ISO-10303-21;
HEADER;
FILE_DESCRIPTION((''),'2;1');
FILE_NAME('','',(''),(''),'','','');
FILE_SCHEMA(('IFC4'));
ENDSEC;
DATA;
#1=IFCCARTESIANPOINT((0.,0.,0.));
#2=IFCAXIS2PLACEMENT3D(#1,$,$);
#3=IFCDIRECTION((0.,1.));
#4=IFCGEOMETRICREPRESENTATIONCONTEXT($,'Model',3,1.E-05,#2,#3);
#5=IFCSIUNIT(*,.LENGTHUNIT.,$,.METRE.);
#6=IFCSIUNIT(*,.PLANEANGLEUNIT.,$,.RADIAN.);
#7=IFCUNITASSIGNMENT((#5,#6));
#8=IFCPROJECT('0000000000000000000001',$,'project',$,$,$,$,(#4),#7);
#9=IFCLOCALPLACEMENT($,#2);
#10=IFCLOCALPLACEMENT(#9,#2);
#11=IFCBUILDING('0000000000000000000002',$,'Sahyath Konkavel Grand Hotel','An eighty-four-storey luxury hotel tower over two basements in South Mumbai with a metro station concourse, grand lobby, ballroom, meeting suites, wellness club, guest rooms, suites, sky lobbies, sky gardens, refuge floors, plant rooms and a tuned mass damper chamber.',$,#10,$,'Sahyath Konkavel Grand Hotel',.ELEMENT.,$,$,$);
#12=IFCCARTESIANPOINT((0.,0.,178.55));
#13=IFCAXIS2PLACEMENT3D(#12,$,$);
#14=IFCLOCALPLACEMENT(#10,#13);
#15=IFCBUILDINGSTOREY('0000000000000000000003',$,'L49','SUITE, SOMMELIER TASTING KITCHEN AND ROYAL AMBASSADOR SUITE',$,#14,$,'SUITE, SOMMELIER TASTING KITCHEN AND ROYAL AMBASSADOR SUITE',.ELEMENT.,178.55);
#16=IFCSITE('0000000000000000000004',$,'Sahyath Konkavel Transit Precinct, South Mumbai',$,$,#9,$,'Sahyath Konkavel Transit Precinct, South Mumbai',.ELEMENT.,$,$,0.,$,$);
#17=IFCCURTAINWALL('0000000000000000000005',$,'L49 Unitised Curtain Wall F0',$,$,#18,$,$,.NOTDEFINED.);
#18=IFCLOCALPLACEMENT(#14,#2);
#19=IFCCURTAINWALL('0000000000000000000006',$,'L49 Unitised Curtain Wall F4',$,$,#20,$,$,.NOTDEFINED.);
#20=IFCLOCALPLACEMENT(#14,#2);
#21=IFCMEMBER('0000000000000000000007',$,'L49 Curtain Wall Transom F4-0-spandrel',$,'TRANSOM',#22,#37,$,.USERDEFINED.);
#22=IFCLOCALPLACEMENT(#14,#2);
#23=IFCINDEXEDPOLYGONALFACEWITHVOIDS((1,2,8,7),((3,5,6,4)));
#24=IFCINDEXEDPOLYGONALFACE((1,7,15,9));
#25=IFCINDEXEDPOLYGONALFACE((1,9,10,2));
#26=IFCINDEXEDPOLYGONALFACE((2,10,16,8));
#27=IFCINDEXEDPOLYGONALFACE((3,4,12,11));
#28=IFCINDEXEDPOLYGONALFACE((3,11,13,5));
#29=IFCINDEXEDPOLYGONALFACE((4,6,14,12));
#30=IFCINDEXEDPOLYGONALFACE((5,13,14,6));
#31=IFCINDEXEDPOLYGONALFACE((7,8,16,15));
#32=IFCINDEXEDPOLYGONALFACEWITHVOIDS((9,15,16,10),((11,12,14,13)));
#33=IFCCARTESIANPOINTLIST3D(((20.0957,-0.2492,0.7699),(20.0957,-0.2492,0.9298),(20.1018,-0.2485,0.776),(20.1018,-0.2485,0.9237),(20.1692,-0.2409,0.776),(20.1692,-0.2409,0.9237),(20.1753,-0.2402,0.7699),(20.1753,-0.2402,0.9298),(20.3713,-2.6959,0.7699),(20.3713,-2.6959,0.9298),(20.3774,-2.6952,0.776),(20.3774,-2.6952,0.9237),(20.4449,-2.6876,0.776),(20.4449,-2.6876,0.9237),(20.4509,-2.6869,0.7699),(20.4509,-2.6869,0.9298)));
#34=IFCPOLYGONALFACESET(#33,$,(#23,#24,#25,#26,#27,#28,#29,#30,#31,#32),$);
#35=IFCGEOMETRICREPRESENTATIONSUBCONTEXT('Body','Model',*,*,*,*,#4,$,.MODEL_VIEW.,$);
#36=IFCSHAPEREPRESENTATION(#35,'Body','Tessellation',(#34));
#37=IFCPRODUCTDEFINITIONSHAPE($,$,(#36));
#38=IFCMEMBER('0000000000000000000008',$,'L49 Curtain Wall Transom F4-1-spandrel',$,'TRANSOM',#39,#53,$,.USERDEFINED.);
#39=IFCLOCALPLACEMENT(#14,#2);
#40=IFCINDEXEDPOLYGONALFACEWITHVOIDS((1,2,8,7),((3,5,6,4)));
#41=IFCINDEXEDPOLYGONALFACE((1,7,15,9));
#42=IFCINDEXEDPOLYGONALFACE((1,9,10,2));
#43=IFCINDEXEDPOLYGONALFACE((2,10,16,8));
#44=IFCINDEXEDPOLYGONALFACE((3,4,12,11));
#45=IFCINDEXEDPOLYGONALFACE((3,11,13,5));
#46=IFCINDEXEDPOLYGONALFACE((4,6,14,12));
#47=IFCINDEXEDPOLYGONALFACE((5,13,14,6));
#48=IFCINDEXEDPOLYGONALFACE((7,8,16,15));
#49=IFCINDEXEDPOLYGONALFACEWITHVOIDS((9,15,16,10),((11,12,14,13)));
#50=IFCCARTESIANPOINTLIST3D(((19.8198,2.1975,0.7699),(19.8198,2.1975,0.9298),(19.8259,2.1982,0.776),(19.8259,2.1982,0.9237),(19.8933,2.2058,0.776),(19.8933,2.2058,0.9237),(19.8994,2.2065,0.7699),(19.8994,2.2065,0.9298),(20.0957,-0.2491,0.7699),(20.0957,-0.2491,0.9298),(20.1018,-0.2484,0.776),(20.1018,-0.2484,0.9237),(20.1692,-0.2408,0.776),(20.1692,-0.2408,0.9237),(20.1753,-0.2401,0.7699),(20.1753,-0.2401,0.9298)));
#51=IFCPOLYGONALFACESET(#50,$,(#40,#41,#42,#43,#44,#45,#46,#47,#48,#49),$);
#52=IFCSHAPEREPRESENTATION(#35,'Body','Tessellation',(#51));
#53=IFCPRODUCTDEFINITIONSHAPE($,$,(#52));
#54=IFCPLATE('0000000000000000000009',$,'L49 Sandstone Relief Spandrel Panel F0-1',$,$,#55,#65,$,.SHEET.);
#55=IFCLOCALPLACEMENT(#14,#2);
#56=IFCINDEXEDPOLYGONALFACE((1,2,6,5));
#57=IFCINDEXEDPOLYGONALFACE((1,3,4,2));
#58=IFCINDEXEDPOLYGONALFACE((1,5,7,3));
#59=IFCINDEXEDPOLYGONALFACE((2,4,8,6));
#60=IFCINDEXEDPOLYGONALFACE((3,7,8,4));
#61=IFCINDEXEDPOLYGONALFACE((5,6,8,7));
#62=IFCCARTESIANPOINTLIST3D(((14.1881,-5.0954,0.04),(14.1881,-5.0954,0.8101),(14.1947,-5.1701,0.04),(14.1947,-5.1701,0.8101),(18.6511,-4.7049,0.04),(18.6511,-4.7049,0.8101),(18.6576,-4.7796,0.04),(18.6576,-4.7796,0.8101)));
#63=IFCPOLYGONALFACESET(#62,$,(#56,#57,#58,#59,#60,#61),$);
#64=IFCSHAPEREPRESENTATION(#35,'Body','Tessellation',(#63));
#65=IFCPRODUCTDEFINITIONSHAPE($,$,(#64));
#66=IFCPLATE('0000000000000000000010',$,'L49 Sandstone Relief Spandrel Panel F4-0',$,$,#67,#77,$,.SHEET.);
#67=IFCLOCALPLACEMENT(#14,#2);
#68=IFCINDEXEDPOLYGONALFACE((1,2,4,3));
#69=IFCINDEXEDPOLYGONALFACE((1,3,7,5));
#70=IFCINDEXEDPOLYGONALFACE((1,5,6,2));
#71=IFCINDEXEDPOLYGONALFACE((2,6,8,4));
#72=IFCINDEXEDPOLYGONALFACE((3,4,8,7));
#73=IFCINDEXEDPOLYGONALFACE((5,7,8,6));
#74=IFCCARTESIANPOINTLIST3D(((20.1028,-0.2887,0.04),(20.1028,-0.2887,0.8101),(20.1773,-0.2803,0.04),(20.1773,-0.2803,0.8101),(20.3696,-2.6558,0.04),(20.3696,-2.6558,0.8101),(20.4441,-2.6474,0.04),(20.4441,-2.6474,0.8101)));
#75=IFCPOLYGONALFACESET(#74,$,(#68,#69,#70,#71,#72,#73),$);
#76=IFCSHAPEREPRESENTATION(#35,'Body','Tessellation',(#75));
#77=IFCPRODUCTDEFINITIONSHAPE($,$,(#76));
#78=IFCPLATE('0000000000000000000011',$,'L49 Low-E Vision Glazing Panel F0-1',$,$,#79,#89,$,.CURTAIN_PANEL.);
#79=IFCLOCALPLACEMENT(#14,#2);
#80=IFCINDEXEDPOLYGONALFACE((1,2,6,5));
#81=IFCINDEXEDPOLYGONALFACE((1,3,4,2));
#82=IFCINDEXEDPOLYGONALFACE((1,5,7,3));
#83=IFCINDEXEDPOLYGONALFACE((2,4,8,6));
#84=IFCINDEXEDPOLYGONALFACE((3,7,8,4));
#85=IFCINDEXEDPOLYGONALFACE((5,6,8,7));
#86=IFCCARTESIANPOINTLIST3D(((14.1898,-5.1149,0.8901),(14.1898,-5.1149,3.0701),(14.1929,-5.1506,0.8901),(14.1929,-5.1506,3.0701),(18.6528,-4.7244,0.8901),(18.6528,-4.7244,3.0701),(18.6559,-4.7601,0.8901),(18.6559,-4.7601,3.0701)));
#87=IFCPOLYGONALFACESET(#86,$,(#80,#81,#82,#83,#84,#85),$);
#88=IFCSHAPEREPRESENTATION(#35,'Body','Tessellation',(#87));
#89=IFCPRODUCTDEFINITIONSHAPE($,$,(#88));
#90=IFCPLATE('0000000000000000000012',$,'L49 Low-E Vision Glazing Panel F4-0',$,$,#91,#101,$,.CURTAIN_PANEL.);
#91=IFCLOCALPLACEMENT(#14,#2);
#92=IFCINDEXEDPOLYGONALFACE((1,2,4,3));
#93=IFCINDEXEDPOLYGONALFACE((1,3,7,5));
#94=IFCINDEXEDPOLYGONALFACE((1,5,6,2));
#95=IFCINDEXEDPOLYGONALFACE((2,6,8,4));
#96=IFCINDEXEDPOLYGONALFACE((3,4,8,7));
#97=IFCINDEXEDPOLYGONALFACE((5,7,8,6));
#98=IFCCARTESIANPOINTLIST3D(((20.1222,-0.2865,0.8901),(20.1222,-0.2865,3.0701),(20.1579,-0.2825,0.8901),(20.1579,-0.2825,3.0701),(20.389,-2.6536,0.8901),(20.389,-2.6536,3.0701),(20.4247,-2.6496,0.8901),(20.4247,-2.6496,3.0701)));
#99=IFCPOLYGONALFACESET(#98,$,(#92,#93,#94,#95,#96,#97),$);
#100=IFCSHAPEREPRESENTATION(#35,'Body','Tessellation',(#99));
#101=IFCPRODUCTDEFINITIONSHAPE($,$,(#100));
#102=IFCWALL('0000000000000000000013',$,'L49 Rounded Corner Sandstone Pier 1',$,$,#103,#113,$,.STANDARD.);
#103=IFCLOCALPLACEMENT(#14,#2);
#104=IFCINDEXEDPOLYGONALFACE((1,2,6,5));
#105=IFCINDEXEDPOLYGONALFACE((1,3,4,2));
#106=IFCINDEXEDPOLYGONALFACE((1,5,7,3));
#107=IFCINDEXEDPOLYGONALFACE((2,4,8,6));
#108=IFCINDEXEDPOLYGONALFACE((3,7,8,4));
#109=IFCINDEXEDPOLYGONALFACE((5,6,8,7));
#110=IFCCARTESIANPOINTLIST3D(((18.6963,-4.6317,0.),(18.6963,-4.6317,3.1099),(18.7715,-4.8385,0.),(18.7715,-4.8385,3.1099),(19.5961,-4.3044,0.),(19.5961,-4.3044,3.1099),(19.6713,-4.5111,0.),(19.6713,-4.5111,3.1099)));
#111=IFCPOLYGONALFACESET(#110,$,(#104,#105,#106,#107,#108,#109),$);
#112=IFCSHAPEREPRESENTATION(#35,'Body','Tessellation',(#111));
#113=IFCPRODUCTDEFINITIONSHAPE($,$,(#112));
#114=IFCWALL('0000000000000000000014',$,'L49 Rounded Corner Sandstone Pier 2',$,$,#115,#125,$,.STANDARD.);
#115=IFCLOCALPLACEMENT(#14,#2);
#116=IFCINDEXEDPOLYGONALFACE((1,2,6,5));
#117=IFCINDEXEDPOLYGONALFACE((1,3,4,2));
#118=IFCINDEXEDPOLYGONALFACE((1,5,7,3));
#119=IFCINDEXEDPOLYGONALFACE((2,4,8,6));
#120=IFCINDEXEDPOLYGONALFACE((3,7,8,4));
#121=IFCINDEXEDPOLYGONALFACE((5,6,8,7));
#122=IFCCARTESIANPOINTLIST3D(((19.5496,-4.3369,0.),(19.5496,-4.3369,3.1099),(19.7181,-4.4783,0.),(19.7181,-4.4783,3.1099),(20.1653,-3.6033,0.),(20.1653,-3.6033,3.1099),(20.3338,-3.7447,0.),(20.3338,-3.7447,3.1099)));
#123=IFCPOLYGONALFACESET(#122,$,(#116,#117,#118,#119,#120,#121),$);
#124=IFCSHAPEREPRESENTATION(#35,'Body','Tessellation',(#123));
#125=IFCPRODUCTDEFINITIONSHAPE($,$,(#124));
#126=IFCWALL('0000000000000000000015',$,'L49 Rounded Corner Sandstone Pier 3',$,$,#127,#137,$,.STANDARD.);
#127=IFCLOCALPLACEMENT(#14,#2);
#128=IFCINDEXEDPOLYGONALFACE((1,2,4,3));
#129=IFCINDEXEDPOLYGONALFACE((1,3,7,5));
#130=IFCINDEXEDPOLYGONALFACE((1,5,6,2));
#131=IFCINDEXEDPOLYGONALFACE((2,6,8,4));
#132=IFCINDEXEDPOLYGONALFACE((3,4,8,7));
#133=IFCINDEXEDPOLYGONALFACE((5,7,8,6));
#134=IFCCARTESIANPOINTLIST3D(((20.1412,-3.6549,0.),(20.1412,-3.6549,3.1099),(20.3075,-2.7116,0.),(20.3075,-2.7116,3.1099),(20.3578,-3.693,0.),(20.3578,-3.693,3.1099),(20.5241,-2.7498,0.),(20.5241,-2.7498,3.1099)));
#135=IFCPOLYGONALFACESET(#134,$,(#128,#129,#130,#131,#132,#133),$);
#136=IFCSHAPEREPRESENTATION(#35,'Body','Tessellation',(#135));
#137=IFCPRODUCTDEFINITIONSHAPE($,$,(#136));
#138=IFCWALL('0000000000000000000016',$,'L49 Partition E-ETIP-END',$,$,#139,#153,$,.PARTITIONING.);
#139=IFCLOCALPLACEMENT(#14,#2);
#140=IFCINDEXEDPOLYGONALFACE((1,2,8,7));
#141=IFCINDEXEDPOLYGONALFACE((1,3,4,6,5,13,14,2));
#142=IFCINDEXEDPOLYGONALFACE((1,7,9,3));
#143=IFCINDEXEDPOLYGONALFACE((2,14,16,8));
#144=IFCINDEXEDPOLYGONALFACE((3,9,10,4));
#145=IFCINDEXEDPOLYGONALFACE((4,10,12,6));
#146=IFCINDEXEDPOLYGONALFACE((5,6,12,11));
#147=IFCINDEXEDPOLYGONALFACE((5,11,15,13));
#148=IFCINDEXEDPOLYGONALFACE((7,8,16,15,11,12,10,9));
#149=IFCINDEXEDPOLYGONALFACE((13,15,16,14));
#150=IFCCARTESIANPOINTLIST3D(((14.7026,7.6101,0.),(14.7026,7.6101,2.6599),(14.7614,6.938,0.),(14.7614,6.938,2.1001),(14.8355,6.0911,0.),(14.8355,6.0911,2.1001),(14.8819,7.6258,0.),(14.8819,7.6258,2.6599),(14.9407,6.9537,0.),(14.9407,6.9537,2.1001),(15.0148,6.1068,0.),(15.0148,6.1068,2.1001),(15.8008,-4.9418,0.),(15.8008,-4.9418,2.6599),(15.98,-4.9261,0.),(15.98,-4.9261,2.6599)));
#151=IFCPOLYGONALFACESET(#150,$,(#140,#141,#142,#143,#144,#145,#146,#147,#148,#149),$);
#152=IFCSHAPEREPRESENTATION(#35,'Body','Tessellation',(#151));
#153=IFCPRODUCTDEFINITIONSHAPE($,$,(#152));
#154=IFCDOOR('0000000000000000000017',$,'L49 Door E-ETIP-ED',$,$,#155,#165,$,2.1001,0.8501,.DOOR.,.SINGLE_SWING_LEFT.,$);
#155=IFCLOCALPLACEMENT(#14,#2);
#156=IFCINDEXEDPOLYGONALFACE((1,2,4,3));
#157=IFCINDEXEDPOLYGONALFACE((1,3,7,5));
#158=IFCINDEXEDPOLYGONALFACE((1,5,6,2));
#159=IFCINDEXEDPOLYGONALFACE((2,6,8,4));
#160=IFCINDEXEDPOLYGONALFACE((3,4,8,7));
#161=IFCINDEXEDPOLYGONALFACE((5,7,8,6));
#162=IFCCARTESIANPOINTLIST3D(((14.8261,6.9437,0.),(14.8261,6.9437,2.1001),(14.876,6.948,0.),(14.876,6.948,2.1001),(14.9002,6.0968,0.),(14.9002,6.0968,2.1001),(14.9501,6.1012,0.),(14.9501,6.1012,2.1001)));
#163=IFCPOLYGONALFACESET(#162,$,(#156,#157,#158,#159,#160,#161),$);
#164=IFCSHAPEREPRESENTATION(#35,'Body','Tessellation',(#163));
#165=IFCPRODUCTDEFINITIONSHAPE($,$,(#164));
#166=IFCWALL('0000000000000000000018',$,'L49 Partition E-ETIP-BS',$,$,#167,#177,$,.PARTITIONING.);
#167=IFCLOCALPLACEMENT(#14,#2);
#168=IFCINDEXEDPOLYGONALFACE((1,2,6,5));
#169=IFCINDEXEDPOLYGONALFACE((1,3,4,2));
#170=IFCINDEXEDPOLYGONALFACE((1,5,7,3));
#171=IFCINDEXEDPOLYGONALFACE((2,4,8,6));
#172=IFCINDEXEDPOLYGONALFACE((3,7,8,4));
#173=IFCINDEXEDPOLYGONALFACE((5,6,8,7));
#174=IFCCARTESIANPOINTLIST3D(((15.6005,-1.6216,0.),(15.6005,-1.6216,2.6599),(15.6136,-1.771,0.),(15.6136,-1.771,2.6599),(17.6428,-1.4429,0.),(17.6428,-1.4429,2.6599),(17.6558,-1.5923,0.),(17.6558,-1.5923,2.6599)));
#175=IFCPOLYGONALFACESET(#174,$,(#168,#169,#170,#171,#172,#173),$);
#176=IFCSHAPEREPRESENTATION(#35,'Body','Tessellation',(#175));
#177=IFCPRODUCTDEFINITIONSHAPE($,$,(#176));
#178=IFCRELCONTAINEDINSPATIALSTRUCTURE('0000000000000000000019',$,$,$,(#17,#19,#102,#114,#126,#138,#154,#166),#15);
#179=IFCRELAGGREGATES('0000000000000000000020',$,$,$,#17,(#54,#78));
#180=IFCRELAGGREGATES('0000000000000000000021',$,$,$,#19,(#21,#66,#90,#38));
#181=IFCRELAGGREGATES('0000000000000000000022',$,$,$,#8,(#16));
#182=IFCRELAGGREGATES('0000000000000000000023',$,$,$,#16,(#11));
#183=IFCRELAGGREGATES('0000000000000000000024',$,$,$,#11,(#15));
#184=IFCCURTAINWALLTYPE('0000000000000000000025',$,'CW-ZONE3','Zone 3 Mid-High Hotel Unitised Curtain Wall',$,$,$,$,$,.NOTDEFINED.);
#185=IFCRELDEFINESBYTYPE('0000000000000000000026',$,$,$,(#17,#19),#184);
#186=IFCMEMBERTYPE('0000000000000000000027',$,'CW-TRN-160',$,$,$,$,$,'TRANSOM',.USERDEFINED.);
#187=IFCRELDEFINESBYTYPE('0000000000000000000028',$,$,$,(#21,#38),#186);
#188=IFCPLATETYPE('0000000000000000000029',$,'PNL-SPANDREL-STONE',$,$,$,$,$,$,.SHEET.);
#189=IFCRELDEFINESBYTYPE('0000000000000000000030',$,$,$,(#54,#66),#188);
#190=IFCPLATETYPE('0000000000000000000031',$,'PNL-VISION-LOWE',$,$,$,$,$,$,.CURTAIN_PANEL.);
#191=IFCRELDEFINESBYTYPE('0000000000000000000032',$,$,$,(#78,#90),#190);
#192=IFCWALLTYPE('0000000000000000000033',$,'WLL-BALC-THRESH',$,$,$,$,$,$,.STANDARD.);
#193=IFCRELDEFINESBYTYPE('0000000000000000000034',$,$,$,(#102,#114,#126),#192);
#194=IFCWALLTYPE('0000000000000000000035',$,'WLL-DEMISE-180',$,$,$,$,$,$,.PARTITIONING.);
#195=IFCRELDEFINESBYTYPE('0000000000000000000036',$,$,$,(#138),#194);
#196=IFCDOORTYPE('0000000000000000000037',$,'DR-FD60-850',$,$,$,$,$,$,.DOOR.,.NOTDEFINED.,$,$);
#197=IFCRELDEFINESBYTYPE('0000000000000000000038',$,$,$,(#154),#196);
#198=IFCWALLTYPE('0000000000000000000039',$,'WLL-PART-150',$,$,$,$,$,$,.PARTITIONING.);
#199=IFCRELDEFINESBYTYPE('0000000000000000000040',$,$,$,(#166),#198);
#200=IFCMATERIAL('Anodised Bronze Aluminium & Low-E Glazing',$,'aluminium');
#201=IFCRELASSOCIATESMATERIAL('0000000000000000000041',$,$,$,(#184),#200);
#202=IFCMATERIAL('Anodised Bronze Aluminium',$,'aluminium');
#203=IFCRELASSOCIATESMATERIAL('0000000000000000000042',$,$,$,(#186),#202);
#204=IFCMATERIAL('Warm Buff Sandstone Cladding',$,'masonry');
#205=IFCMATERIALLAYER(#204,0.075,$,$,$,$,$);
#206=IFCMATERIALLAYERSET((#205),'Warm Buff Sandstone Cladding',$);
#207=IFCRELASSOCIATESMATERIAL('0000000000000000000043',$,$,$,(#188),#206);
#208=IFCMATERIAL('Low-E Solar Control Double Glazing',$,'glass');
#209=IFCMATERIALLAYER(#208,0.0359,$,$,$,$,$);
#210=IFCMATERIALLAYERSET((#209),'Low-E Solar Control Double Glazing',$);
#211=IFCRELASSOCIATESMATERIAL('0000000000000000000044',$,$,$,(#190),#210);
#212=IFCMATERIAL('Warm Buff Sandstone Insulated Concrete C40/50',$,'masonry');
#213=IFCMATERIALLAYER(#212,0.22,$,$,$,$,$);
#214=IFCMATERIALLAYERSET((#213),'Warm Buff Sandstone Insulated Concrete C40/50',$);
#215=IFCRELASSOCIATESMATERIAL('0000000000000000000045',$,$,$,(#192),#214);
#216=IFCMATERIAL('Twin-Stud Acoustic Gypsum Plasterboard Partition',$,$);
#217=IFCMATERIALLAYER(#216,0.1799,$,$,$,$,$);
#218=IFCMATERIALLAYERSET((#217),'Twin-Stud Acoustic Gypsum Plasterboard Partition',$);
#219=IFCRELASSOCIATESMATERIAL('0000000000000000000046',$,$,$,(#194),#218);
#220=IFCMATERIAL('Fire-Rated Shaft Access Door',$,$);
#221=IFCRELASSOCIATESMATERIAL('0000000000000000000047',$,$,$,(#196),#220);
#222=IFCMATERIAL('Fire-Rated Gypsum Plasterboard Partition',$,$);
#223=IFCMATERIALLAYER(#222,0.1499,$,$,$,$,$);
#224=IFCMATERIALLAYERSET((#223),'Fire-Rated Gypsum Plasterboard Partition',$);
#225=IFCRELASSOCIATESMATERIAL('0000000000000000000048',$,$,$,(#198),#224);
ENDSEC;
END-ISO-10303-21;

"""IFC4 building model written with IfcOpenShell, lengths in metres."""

from ifc_helpers import new_model, si_unit, direction, frame, frame_2d, origin, origin_2d, place, context, subcontext, project, spatial, rectangle, hollow_rectangle, extrude, source, transform, mapped, material, layer, layer_set, material_profile, profile_set, type_object, element, fill, aggregate, save


model = new_model("IFC4")

# Units and contexts
model_context = context("Model", 3, precision=1e-05, world=origin(), true_north=direction((0.0, 1.0)))
body_context = subcontext(model_context, "Body", "Model", "MODEL_VIEW")
ifc_project = project(units=[si_unit("LENGTHUNIT", "METRE"), si_unit("PLANEANGLEUNIT", "RADIAN")], contexts=[model_context])

# Site, building, storey
site_placement = place(None, origin())
site = spatial("IfcSite", under=ifc_project, at=site_placement, Name="Sahyath Konkavel Transit Precinct, South Mumbai", LongName="Sahyath Konkavel Transit Precinct, South Mumbai", CompositionType="ELEMENT", RefElevation=0.0)
building_placement = place(site_placement, origin())
building = spatial("IfcBuilding", under=site, at=building_placement, Name="Sahyath Konkavel Grand Hotel", Description="An eighty-four-storey luxury hotel tower over two basements in South Mumbai with a metro station concourse, grand lobby, ballroom, meeting suites, wellness club, guest rooms, suites, sky lobbies, sky gardens, refuge floors, plant rooms and a tuned mass damper chamber.", LongName="Sahyath Konkavel Grand Hotel", CompositionType="ELEMENT")
storey_placement = place(building_placement, frame((0.0, 0.0, 178.55)))
storey = spatial("IfcBuildingStorey", under=building, at=storey_placement, Name="L49", Description="SUITE, SOMMELIER TASTING KITCHEN AND ROYAL AMBASSADOR SUITE", LongName="SUITE, SOMMELIER TASTING KITCHEN AND ROYAL AMBASSADOR SUITE", CompositionType="ELEMENT", Elevation=178.55)

# Curtain walls
ifc_material_1 = material(Name="Anodised Bronze Aluminium & Low-E Glazing", Category="aluminium")
curtain_wall_type = type_object("IfcCurtainWallType", Name="CW-ZONE3", Description="Zone 3 Mid-High Hotel Unitised Curtain Wall", PredefinedType="NOTDEFINED", material=ifc_material_1)
curtain_wall_1_placement = place(storey_placement, origin())
curtain_wall_1 = element("IfcCurtainWall", 1, at=curtain_wall_1_placement, inside=storey, type_object=curtain_wall_type, Name="L49 Unitised Curtain Wall F0", PredefinedType="NOTDEFINED")
ifc_material_2 = material(Name="Anodised Bronze Aluminium", Category="aluminium")
curtain_wall_2_placement = place(storey_placement, origin())
curtain_wall_2 = element("IfcCurtainWall", 2, at=curtain_wall_2_placement, inside=storey, type_object=curtain_wall_type, Name="L49 Unitised Curtain Wall F4", PredefinedType="NOTDEFINED")

# Members
ifc_material_profile_1 = material_profile(ifc_material_2, hollow_rectangle(XDim=0.0801, YDim=0.1599, WallThickness=0.0061, at=origin_2d()), Name="RHS 160x80x6")
ifc_profile_set_1 = profile_set([ifc_material_profile_1], Name="Anodised Bronze Aluminium")
member_type_1 = type_object("IfcMemberType", Name="CW-TRN-160", ElementType="TRANSOM", PredefinedType="USERDEFINED", material=ifc_profile_set_1)
shared_shape_1 = source(origin(), body_context, "Body", "SweptSolid", [
    extrude(hollow_rectangle(XDim=0.0801, YDim=0.1599, WallThickness=0.0061, at=origin_2d()), origin(), (0.0, 0.0, 1.0), 2.4622),
])
member_1_placement = place(storey_placement, frame((20.4111, -2.6914, 0.8499), z_axis=(-0.111944, 0.993715, 0.0), x_axis=(-0.993715, -0.111944, 0.0)))
member_1 = element("IfcMember", 3, at=member_1_placement, type_object=member_type_1, Name="L49 Curtain Wall Transom F4-0-spandrel", ObjectType="TRANSOM", PredefinedType="USERDEFINED", context=body_context, shape_type="MappedRepresentation", body=[
    mapped(shared_shape_1, transform((0.0, 0.0, 0.0), scale=1.0)),
])
member_2_placement = place(storey_placement, frame((20.1355, -0.2446, 0.8499), z_axis=(-0.112053, 0.993702, 0.0), x_axis=(-0.993702, -0.112053, 0.0)))
member_2 = element("IfcMember", 4, at=member_2_placement, type_object=member_type_1, Name="L49 Curtain Wall Transom F4-1-spandrel", ObjectType="TRANSOM", PredefinedType="USERDEFINED", context=body_context, shape_type="MappedRepresentation", body=[
    mapped(shared_shape_1, transform((0.0, 0.0, 0.0), scale=1.0)),
])

# Plates
ifc_material_3 = material(Name="Warm Buff Sandstone Cladding", Category="masonry")
ifc_layer_1 = layer(ifc_material_3, 0.075)
ifc_layer_set_1 = layer_set([ifc_layer_1], Name="Warm Buff Sandstone Cladding")
plate_type_1 = type_object("IfcPlateType", Name="PNL-SPANDREL-STONE", PredefinedType="SHEET", material=ifc_layer_set_1)
shared_shape_2 = source(origin(), body_context, "Body", "SweptSolid", [
    extrude(rectangle(XDim=4.48, YDim=0.075, at=origin_2d()), origin(), (0.0, 0.0, 1.0), 0.77),
])
plate_1_placement = place(storey_placement, frame((16.4229, -4.9375, 0.04), z_axis=(0.0, 0.0, 1.0), x_axis=(0.996195, 0.087156, 0.0)))
plate_1 = element("IfcPlate", 5, at=plate_1_placement, type_object=plate_type_1, Name="L49 Sandstone Relief Spandrel Panel F0-1", PredefinedType="SHEET", context=body_context, shape_type="MappedRepresentation", body=[
    mapped(shared_shape_2, transform((0.0, 0.0, 0.0), scale=1.0)),
])
shared_shape_3 = source(origin(), body_context, "Body", "SweptSolid", [
    extrude(rectangle(XDim=2.3821, YDim=0.075, at=origin_2d()), origin(), (0.0, 0.0, 1.0), 0.77),
])
plate_2_placement = place(storey_placement, frame((20.2734, -1.468, 0.04), z_axis=(0.0, 0.0, 1.0), x_axis=(-0.111989, 0.993709, 0.0)))
plate_2 = element("IfcPlate", 6, at=plate_2_placement, type_object=plate_type_1, Name="L49 Sandstone Relief Spandrel Panel F4-0", PredefinedType="SHEET", context=body_context, shape_type="MappedRepresentation", body=[
    mapped(shared_shape_3, transform((0.0, 0.0, 0.0), scale=1.0)),
])
ifc_material_4 = material(Name="Low-E Solar Control Double Glazing", Category="glass")
ifc_layer_2 = layer(ifc_material_4, 0.0359)
ifc_layer_set_2 = layer_set([ifc_layer_2], Name="Low-E Solar Control Double Glazing")
plate_type_2 = type_object("IfcPlateType", Name="PNL-VISION-LOWE", PredefinedType="CURTAIN_PANEL", material=ifc_layer_set_2)
shared_shape_4 = source(origin(), body_context, "Body", "SweptSolid", [
    extrude(rectangle(XDim=4.48, YDim=0.0359, at=origin_2d()), origin(), (0.0, 0.0, 1.0), 2.1799),
])
plate_3_placement = place(storey_placement, frame((16.4229, -4.9375, 0.8901), z_axis=(0.0, 0.0, 1.0), x_axis=(0.996195, 0.087156, 0.0)))
plate_3 = element("IfcPlate", 7, at=plate_3_placement, type_object=plate_type_2, Name="L49 Low-E Vision Glazing Panel F0-1", PredefinedType="CURTAIN_PANEL", context=body_context, shape_type="MappedRepresentation", body=[
    mapped(shared_shape_4, transform((0.0, 0.0, 0.0), scale=1.0)),
])
aggregate(curtain_wall_1, [plate_1, plate_3])
shared_shape_5 = source(origin(), body_context, "Body", "SweptSolid", [
    extrude(rectangle(XDim=2.3821, YDim=0.0359, at=origin_2d()), origin(), (0.0, 0.0, 1.0), 2.1799),
])
plate_4_placement = place(storey_placement, frame((20.2734, -1.468, 0.8901), z_axis=(0.0, 0.0, 1.0), x_axis=(-0.111989, 0.993709, 0.0)))
plate_4 = element("IfcPlate", 8, at=plate_4_placement, type_object=plate_type_2, Name="L49 Low-E Vision Glazing Panel F4-0", PredefinedType="CURTAIN_PANEL", context=body_context, shape_type="MappedRepresentation", body=[
    mapped(shared_shape_5, transform((0.0, 0.0, 0.0), scale=1.0)),
])
aggregate(curtain_wall_2, [member_1, plate_2, plate_4, member_2])

# Walls
ifc_material_5 = material(Name="Warm Buff Sandstone Insulated Concrete C40/50", Category="masonry")
ifc_layer_3 = layer(ifc_material_5, 0.22)
ifc_layer_set_3 = layer_set([ifc_layer_3], Name="Warm Buff Sandstone Insulated Concrete C40/50")
wall_type_1 = type_object("IfcWallType", Name="WLL-BALC-THRESH", PredefinedType="STANDARD", material=ifc_layer_set_3)
wall_1_placement = place(storey_placement, frame((18.7339, -4.7351, 0.0), z_axis=(0.0, 0.0, 1.0), x_axis=(0.939741, 0.341886, 0.0)))
element("IfcWall", 9, at=wall_1_placement, inside=storey, type_object=wall_type_1, Name="L49 Rounded Corner Sandstone Pier 1", PredefinedType="STANDARD", context=body_context, shape_type="SweptSolid", body=[
    extrude(rectangle(XDim=0.9575, YDim=0.22, at=frame_2d((0.4788, 0.0))), origin(), (0.0, 0.0, 1.0), 3.1099),
])
for number, where, z_axis, x_axis, name in (
    (10, (19.6338, -4.4077, 0.0), (0.0, 0.0, 1.0), (0.642863, 0.765981, 0.0), "L49 Rounded Corner Sandstone Pier 2"),
    (11, (20.2495, -3.6741, 0.0), (0.0, 0.0, 1.0), (0.173611, 0.984814, 0.0), "L49 Rounded Corner Sandstone Pier 3"),
):
    element("IfcWall", number, at=place(storey_placement, frame(where, z_axis=z_axis, x_axis=x_axis)), inside=storey, type_object=wall_type_1, Name=name, PredefinedType="STANDARD", context=body_context, shape_type="SweptSolid", body=[
        extrude(rectangle(XDim=0.9578, YDim=0.22, at=frame_2d((0.479, 0.0))), origin(), (0.0, 0.0, 1.0), 3.1099),
    ])

# Wall, opening, door
ifc_material_6 = material(Name="Twin-Stud Acoustic Gypsum Plasterboard Partition")
ifc_layer_4 = layer(ifc_material_6, 0.1799)
ifc_layer_set_4 = layer_set([ifc_layer_4], Name="Twin-Stud Acoustic Gypsum Plasterboard Partition")
wall_type_2 = type_object("IfcWallType", Name="WLL-DEMISE-180", PredefinedType="PARTITIONING", material=ifc_layer_set_4)
wall_2_placement = place(storey_placement, frame((15.8904, -4.9338, 0.0), z_axis=(0.0, 0.0, 1.0), x_axis=(-0.087155, 0.996195, 0.0)))
wall_2 = element("IfcWall", 12, at=wall_2_placement, inside=storey, type_object=wall_type_2, Name="L49 Partition E-ETIP-END", PredefinedType="PARTITIONING", context=body_context, shape_type="SweptSolid", body=[
    extrude(rectangle(XDim=12.5999, YDim=0.1799, at=frame_2d((6.2998, 0.0))), origin(), (0.0, 0.0, 1.0), 2.6599),
])
opening_1_placement = place(wall_2_placement, frame((11.075, 0.0, 0.0)))
opening_1 = element("IfcOpeningElement", 13, at=opening_1_placement, cuts=wall_2, PredefinedType="OPENING", context=body_context, shape_type="SweptSolid", body=[
    extrude(rectangle(XDim=0.8501, YDim=2.1001, at=frame_2d((0.425, 1.05))), frame((0.0, 0.1001, 0.0), z_axis=(0.0, -1.0, 0.0), x_axis=(1.0, 0.0, 0.0)), (0.0, 0.0, 1.0), 0.2),
])
ifc_material_7 = material(Name="Fire-Rated Shaft Access Door")
door_type_1 = type_object("IfcDoorType", Name="DR-FD60-850", OperationType="NOTDEFINED", PredefinedType="DOOR", material=ifc_material_7)
shared_shape_6 = source(origin(), body_context, "Body", "SweptSolid", [
    extrude(rectangle(XDim=0.8501, YDim=0.05, at=origin_2d()), origin(), (0.0, 0.0, 1.0), 2.1001),
])
door_1_placement = place(opening_1_placement, frame((0.425, 0.0, 0.0)))
door_1 = element("IfcDoor", 14, at=door_1_placement, inside=storey, type_object=door_type_1, Name="L49 Door E-ETIP-ED", OperationType="SINGLE_SWING_LEFT", OverallHeight=2.1001, OverallWidth=0.8501, PredefinedType="DOOR", context=body_context, shape_type="MappedRepresentation", body=[
    mapped(shared_shape_6, transform((0.0, 0.0, 0.0), scale=1.0)),
])
fill(opening_1, door_1)

# Wall
ifc_material_8 = material(Name="Fire-Rated Gypsum Plasterboard Partition")
ifc_layer_5 = layer(ifc_material_8, 0.1499)
ifc_layer_set_5 = layer_set([ifc_layer_5], Name="Fire-Rated Gypsum Plasterboard Partition")
wall_type_3 = type_object("IfcWallType", Name="WLL-PART-150", PredefinedType="PARTITIONING", material=ifc_layer_set_5)
wall_3_placement = place(storey_placement, frame((15.6072, -1.6963, 0.0), z_axis=(0.0, 0.0, 1.0), x_axis=(0.996193, 0.087174, 0.0)))
element("IfcWall", 15, at=wall_3_placement, inside=storey, type_object=wall_type_3, Name="L49 Partition E-ETIP-BS", PredefinedType="PARTITIONING", context=body_context, shape_type="SweptSolid", body=[
    extrude(rectangle(XDim=2.05, YDim=0.1499, at=frame_2d((1.0249, 0.0))), origin(), (0.0, 0.0, 1.0), 2.6599),
])

save(model, "model.ifc")
